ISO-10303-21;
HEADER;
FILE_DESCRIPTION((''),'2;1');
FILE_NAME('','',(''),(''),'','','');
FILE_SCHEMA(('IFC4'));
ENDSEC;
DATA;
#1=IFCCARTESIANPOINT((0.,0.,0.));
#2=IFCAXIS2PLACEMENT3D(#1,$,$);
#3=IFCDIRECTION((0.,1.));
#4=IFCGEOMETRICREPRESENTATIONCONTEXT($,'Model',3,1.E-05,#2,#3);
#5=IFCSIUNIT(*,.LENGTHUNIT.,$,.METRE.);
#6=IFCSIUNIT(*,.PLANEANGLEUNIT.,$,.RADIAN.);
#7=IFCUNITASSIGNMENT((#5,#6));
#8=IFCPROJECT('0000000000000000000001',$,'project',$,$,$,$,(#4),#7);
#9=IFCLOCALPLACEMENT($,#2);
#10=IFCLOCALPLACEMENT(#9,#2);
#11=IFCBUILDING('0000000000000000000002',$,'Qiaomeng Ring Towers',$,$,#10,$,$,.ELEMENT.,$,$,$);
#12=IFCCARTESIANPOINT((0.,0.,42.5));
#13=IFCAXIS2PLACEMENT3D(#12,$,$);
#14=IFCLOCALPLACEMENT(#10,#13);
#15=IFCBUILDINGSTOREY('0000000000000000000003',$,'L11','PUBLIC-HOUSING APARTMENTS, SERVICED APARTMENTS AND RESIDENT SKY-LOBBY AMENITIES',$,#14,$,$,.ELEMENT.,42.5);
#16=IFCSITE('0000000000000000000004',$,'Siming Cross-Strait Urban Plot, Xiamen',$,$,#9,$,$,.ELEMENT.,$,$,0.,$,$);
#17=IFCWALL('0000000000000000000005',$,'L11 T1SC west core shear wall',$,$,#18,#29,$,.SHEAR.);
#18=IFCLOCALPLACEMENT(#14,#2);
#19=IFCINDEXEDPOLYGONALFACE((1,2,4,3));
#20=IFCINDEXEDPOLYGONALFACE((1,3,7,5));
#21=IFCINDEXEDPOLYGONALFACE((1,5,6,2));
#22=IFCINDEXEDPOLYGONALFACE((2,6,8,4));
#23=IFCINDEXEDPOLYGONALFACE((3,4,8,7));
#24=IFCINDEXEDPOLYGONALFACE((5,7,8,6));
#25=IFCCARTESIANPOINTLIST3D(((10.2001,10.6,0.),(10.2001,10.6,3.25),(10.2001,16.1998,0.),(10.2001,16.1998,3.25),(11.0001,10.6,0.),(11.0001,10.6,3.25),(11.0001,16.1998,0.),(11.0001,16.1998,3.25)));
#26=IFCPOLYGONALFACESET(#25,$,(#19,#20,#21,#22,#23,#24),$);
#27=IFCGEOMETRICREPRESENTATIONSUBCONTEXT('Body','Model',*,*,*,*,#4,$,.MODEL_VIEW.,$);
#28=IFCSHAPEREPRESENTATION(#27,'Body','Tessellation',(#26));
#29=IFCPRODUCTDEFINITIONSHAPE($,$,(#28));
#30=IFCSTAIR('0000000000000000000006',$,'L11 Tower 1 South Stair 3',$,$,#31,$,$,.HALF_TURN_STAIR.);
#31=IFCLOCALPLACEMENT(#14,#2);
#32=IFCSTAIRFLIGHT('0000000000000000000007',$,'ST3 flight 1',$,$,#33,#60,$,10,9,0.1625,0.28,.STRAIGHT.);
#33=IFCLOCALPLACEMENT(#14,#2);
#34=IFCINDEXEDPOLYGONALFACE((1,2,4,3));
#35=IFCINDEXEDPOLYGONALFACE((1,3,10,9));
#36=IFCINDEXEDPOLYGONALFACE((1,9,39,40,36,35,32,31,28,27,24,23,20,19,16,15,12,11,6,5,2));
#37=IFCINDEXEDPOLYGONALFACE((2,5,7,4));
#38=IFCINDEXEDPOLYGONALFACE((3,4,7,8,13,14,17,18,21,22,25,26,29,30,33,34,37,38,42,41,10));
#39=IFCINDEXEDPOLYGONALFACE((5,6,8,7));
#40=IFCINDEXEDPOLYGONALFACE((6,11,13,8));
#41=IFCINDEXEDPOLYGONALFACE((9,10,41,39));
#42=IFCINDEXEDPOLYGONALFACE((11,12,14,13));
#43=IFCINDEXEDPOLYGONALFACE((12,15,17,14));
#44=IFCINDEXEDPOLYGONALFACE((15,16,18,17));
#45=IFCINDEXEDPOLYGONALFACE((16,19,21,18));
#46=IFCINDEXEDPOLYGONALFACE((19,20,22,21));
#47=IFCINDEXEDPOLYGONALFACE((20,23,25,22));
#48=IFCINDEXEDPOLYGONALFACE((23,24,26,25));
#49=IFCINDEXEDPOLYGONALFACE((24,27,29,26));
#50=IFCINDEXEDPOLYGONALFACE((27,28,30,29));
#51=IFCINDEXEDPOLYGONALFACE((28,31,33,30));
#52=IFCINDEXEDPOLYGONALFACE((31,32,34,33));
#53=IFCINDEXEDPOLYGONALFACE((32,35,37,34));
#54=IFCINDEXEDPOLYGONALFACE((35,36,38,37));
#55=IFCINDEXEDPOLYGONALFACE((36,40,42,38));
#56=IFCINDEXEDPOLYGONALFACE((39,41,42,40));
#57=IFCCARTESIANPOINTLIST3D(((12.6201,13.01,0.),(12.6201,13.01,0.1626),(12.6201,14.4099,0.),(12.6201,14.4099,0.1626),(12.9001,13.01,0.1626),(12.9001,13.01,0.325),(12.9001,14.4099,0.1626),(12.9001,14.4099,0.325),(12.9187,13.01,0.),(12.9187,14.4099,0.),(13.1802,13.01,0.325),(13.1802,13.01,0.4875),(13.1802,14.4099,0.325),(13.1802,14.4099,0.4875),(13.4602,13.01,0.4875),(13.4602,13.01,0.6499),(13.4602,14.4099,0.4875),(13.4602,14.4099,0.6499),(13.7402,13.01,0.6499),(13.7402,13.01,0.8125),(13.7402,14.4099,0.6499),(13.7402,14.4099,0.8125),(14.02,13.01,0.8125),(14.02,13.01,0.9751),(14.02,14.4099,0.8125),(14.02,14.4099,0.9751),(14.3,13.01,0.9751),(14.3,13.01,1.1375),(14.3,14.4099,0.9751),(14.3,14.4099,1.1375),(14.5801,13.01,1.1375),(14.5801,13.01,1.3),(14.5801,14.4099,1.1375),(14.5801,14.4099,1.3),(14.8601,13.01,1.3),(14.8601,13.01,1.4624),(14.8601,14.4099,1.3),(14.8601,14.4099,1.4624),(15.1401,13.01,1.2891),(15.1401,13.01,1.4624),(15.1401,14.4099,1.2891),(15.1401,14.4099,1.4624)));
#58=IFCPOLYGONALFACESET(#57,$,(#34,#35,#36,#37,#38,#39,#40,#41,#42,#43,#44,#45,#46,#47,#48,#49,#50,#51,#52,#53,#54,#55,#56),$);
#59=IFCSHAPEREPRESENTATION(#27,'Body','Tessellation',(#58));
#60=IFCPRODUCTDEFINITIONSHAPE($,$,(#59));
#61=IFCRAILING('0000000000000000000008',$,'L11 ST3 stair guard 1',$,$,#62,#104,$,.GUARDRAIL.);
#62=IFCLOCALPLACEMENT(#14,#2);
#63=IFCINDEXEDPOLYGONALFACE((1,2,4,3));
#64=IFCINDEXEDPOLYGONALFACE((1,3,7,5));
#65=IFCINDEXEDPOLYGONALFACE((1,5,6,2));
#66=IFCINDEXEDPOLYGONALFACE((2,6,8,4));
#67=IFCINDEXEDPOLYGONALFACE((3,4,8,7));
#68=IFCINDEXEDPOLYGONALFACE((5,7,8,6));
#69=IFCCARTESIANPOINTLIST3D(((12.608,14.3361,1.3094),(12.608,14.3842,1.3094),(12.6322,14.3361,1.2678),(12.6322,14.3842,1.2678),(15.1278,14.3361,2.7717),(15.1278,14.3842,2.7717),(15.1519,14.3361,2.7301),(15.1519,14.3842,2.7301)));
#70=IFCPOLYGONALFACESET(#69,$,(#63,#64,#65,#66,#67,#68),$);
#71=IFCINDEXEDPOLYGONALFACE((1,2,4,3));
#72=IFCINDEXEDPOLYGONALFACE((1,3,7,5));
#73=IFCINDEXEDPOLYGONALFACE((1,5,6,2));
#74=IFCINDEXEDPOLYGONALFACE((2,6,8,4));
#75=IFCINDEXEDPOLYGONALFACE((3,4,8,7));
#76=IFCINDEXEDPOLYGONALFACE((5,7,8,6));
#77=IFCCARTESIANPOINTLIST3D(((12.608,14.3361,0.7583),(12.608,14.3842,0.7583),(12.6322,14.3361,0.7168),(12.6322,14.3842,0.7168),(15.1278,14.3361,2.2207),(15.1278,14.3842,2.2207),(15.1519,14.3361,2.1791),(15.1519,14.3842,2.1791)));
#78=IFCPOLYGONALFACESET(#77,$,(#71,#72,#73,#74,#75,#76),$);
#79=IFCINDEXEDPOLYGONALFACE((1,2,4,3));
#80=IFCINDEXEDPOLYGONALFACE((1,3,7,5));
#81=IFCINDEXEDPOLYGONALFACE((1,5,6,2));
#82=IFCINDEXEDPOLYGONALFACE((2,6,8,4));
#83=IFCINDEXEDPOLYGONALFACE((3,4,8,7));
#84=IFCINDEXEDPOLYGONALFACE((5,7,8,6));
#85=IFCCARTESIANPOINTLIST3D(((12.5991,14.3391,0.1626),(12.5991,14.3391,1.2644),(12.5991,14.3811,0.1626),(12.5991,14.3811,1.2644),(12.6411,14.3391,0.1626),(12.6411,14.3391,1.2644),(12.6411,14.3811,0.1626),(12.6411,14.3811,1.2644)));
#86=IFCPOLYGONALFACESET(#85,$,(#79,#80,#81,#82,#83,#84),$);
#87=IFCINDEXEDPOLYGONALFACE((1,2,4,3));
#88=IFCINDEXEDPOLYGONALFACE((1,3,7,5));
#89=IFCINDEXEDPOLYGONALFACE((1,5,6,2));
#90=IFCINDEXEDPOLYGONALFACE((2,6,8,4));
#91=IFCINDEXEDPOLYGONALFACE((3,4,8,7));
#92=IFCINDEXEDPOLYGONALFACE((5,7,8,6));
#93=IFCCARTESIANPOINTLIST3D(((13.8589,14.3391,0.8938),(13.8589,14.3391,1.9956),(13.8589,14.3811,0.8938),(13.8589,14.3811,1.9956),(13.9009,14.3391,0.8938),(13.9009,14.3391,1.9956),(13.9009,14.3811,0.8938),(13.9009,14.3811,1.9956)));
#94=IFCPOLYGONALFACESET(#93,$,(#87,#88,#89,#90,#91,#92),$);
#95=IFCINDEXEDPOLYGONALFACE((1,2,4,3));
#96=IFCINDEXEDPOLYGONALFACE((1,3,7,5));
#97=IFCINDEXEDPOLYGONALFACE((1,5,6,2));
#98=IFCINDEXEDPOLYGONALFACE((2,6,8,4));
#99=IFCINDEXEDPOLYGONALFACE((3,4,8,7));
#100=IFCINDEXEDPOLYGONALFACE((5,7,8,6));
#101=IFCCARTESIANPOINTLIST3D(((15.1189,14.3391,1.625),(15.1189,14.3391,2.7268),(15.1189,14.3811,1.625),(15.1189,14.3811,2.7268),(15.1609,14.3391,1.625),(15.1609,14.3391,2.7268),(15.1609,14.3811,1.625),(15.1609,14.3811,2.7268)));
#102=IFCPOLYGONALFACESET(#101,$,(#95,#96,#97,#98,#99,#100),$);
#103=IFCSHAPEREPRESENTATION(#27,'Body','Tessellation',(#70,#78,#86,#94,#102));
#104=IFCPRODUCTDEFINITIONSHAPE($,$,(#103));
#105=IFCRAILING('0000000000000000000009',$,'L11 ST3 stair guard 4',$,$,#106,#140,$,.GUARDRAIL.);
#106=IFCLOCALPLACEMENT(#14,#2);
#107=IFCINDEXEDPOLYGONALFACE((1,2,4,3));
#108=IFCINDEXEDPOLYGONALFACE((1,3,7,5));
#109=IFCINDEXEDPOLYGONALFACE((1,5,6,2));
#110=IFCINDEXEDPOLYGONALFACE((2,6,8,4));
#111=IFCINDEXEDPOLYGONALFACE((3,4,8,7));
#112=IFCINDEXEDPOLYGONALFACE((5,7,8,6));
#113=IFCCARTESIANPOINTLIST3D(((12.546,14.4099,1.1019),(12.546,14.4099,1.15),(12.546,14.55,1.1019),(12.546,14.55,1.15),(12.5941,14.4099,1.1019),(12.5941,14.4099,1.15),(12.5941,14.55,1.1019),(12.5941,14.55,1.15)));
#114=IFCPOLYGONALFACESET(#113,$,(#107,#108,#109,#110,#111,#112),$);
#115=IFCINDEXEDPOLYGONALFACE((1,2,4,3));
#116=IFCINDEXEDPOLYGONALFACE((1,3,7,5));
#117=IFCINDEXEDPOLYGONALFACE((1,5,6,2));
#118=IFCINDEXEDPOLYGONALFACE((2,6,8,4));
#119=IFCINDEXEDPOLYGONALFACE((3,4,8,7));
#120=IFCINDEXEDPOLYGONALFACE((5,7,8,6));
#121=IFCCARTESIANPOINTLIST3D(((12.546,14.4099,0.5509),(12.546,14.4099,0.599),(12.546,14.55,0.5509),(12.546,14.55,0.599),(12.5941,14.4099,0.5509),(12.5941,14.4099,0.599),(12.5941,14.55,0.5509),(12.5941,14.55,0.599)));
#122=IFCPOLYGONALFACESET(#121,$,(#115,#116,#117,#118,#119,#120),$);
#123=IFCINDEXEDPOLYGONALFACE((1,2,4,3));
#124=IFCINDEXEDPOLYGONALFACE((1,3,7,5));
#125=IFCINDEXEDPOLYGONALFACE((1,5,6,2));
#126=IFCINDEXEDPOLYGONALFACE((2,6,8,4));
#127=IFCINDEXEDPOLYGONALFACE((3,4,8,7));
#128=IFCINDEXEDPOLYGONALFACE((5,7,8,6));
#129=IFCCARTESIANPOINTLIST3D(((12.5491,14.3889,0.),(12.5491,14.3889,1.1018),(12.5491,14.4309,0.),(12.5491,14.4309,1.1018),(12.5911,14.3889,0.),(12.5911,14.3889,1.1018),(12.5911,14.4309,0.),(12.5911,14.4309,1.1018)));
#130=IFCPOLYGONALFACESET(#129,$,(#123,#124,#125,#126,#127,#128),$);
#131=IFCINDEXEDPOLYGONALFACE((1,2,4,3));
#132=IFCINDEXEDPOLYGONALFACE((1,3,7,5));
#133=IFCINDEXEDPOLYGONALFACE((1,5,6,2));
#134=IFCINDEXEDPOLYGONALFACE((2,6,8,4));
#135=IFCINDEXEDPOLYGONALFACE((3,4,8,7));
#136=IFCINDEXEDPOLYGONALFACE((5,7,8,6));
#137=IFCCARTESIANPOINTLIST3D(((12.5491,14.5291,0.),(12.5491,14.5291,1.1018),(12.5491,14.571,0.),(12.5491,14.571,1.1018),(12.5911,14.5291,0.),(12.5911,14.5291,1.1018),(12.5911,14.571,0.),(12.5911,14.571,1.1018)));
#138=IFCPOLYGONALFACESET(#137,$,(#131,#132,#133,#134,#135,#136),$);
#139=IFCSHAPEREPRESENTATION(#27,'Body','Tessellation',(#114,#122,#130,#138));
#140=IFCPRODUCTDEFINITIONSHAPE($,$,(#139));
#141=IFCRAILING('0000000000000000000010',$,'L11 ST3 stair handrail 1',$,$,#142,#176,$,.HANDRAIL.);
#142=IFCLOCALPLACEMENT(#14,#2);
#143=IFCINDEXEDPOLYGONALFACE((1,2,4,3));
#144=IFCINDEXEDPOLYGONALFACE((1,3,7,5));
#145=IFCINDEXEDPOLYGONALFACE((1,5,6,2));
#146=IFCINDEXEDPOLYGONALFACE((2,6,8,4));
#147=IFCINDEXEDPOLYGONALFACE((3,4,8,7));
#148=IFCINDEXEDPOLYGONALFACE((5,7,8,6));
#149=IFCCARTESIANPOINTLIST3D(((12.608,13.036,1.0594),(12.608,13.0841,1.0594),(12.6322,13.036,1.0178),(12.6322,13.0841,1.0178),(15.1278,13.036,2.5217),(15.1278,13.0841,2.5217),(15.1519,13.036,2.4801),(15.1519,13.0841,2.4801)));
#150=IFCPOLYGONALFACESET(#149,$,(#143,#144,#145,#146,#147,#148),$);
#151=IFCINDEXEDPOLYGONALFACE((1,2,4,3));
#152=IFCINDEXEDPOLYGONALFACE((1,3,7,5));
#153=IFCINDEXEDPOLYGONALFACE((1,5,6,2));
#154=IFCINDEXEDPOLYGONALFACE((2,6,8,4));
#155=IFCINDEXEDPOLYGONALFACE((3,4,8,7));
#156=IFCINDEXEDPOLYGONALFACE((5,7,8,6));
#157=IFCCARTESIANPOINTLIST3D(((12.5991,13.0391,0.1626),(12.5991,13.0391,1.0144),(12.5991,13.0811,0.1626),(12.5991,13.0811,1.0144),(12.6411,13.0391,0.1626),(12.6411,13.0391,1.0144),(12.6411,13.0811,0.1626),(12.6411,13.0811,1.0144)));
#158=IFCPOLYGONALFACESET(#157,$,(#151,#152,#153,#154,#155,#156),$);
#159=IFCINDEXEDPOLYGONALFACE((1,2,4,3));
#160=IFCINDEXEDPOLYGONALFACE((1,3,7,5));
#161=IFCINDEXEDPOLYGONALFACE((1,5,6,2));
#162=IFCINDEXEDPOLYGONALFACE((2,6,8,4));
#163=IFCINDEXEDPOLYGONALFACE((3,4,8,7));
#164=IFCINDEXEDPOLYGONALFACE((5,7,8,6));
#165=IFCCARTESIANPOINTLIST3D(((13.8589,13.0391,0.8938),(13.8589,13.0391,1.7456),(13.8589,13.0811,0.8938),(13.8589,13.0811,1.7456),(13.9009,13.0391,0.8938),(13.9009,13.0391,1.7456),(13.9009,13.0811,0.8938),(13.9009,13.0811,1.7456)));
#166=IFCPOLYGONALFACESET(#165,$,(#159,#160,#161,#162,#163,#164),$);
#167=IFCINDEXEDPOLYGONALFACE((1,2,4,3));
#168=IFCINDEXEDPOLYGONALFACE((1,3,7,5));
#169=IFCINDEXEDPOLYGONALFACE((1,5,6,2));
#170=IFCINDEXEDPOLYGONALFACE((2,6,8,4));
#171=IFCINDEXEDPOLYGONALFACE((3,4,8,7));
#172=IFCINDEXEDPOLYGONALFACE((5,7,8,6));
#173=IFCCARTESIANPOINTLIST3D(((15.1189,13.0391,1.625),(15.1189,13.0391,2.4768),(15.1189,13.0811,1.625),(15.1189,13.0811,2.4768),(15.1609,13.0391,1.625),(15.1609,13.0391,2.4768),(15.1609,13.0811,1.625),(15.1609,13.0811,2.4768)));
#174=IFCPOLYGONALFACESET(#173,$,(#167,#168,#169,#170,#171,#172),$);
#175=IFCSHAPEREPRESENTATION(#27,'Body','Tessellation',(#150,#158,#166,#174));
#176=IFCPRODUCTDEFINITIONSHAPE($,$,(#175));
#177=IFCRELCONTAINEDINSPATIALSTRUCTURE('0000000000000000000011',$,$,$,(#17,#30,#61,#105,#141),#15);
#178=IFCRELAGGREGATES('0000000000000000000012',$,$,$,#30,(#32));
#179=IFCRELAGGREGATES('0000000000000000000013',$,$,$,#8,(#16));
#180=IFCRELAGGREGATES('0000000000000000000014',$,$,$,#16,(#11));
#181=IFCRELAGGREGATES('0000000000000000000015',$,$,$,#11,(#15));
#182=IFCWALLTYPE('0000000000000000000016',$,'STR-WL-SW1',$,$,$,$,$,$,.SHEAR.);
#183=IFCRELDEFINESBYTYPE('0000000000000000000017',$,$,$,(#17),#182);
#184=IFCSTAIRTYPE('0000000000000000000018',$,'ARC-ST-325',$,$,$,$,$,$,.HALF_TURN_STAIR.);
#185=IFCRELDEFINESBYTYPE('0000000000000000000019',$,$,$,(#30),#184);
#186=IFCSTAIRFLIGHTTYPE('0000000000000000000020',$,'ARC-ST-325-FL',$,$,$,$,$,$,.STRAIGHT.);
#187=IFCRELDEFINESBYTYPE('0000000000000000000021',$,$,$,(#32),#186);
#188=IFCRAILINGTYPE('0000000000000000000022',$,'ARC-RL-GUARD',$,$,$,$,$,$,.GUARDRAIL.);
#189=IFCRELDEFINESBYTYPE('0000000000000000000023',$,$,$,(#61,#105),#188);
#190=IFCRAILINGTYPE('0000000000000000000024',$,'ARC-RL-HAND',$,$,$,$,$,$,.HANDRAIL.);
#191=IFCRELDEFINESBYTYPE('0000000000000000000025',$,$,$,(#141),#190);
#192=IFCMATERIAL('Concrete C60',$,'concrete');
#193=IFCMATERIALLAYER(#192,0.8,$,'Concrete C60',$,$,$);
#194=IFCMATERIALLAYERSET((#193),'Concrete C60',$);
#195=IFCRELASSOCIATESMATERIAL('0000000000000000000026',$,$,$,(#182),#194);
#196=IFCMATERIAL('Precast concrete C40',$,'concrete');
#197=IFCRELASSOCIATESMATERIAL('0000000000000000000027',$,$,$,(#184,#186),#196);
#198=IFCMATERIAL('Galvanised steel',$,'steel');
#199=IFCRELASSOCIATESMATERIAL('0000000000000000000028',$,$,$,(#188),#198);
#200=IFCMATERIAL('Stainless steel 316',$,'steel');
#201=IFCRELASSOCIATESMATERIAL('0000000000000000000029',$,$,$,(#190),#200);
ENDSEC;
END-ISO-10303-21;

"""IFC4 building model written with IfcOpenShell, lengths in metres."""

from ifc_helpers import new_model, si_unit, direction, frame, frame_2d, origin, origin_2d, place, context, subcontext, project, spatial, polyline, rectangle, outline, extrude, source, transform, mapped, material, layer, layer_set, type_object, element, aggregate, save


model = new_model("IFC4")

# Units and contexts
model_context = context("Model", 3, precision=1e-05, world=origin(), true_north=direction((0.0, 1.0)))
body_context = subcontext(model_context, "Body", "Model", "MODEL_VIEW")
ifc_project = project(units=[si_unit("LENGTHUNIT", "METRE"), si_unit("PLANEANGLEUNIT", "RADIAN")], contexts=[model_context])

# Site, building, storey
site_placement = place(None, origin())
site = spatial("IfcSite", under=ifc_project, at=site_placement, Name="Siming Cross-Strait Urban Plot, Xiamen", CompositionType="ELEMENT", RefElevation=0.0)
building_placement = place(site_placement, origin())
building = spatial("IfcBuilding", under=site, at=building_placement, Name="Qiaomeng Ring Towers", CompositionType="ELEMENT")
storey_placement = place(building_placement, frame((0.0, 0.0, 42.5)))
storey = spatial("IfcBuildingStorey", under=building, at=storey_placement, Name="L11", Description="PUBLIC-HOUSING APARTMENTS, SERVICED APARTMENTS AND RESIDENT SKY-LOBBY AMENITIES", CompositionType="ELEMENT", Elevation=42.5)

# Shared definitions
ifc_material_1 = material(Name="Galvanised steel", Category="steel")

# Shared definitions
ifc_material_2 = material(Name="Concrete C60", Category="concrete")
ifc_layer_1 = layer(ifc_material_2, 0.8, Name="Concrete C60")
ifc_layer_set_1 = layer_set([ifc_layer_1], Name="Concrete C60")
wall_type_1 = type_object("IfcWallType", Name="STR-WL-SW1", PredefinedType="SHEAR", material=ifc_layer_set_1)
ifc_material_3 = material(Name="Stainless steel 316", Category="steel")

# Wall
wall_1_placement = place(storey_placement, frame((10.6001, 10.6001, 0.0), z_axis=(0.0, 0.0, 1.0), x_axis=(0.0, 1.0, 0.0)))
element("IfcWall", 1, at=wall_1_placement, inside=storey, type_object=wall_type_1, Name="L11 T1SC west core shear wall", PredefinedType="SHEAR", context=body_context, shape_type="SweptSolid", body=[
    extrude(rectangle(XDim=5.5999, YDim=0.8, at=frame_2d((2.7998, 0.0))), origin(), (0.0, 0.0, 1.0), 3.25),
])

# Stair, stair flight
ifc_material_4 = material(Name="Precast concrete C40", Category="concrete")
stair_type = type_object("IfcStairType", Name="ARC-ST-325", PredefinedType="HALF_TURN_STAIR", material=ifc_material_4)
stair_placement = place(storey_placement, origin())
stair = element("IfcStair", 2, at=stair_placement, inside=storey, type_object=stair_type, Name="L11 Tower 1 South Stair 3", PredefinedType="HALF_TURN_STAIR")
stair_flight_type = type_object("IfcStairFlightType", Name="ARC-ST-325-FL", PredefinedType="STRAIGHT", material=ifc_material_4)
shared_shape_1 = source(origin(), body_context, "Body", "SweptSolid", [
    extrude(outline(polyline([(0.0, 0.0), (0.0, 0.1626), (0.28, 0.1626), (0.28, 0.325), (0.5601, 0.325), (0.5601, 0.4875), (0.8401, 0.4875), (0.8401, 0.6499), (1.1201, 0.6499), (1.1201, 0.8125), (1.3999, 0.8125), (1.3999, 0.9751), (1.6799, 0.9751), (1.6799, 1.1375), (1.96, 1.1375), (1.96, 1.3), (2.24, 1.3), (2.24, 1.4624), (2.52, 1.4624), (2.52, 1.625), (2.52, 1.2891), (0.2986, 0.0), (0.0, 0.0)])), frame((0.0, 0.7, 0.0), z_axis=(0.0, -1.0, 0.0), x_axis=(1.0, 0.0, 0.0)), (0.0, 0.0, 1.0), 1.3999),
])
stair_flight_placement = place(storey_placement, frame((12.6201, 13.71, 0.0), z_axis=(0.0, 0.0, 1.0), x_axis=(1.0, 0.0, 0.0)))
stair_flight = element("IfcStairFlight", 3, at=stair_flight_placement, type_object=stair_flight_type, Name="ST3 flight 1", NumberOfRisers=10, NumberOfTreads=9, PredefinedType="STRAIGHT", RiserHeight=0.1625, TreadLength=0.28, context=body_context, shape_type="MappedRepresentation", body=[
    mapped(shared_shape_1, transform((0.0, 0.0, 0.0), x_axis=(1.0, 0.0, 0.0), y_axis=(0.0, 1.0, 0.0), z_axis=(0.0, 0.0, 1.0), scale=1.0)),
])
aggregate(stair, [stair_flight])

# Railings
railing_type_1 = type_object("IfcRailingType", Name="ARC-RL-GUARD", PredefinedType="GUARDRAIL", material=ifc_material_1)
railing_1_placement = place(storey_placement, frame((12.6201, 14.3601, 0.1626)))
element("IfcRailing", 4, at=railing_1_placement, inside=storey, type_object=railing_type_1, Name="L11 ST3 stair guard 1", PredefinedType="GUARDRAIL", context=body_context, shape_type="SweptSolid", body=[
    extrude(rectangle(XDim=0.0481, YDim=0.0481, at=origin_2d()), frame((0.0, 0.0, 1.126), z_axis=(0.864892, 0.0, 0.501958), x_axis=(0.0, 1.0, 0.0)), (0.0, 0.0, 1.0), 2.9133),
    extrude(rectangle(XDim=0.0481, YDim=0.0481, at=origin_2d()), frame((0.0, 0.0, 0.575), z_axis=(0.864892, 0.0, 0.501958), x_axis=(0.0, 1.0, 0.0)), (0.0, 0.0, 1.0), 2.9133),
    extrude(rectangle(XDim=0.042, YDim=0.042, at=origin_2d()), origin(), (0.0, 0.0, 1.0), 1.1018),
    extrude(rectangle(XDim=0.042, YDim=0.042, at=origin_2d()), frame((1.2598, 0.0, 0.7312)), (0.0, 0.0, 1.0), 1.1018),
    extrude(rectangle(XDim=0.042, YDim=0.042, at=origin_2d()), frame((2.5198, 0.0, 1.4624)), (0.0, 0.0, 1.0), 1.1018),
])
railing_2_placement = place(storey_placement, frame((12.5701, 14.4099, 0.0)))
element("IfcRailing", 5, at=railing_2_placement, inside=storey, type_object=railing_type_1, Name="L11 ST3 stair guard 4", PredefinedType="GUARDRAIL", context=body_context, shape_type="SweptSolid", body=[
    extrude(rectangle(XDim=0.0481, YDim=0.0481, at=origin_2d()), frame((0.0, 0.0, 1.126), z_axis=(0.0, 1.0, 0.0), x_axis=(-1.0, 0.0, 0.0)), (0.0, 0.0, 1.0), 0.1401),
    extrude(rectangle(XDim=0.0481, YDim=0.0481, at=origin_2d()), frame((0.0, 0.0, 0.575), z_axis=(0.0, 1.0, 0.0), x_axis=(-1.0, 0.0, 0.0)), (0.0, 0.0, 1.0), 0.1401),
    extrude(rectangle(XDim=0.042, YDim=0.042, at=origin_2d()), origin(), (0.0, 0.0, 1.0), 1.1018),
    extrude(rectangle(XDim=0.042, YDim=0.042, at=origin_2d()), frame((0.0, 0.1401, 0.0)), (0.0, 0.0, 1.0), 1.1018),
])
railing_type_2 = type_object("IfcRailingType", Name="ARC-RL-HAND", PredefinedType="HANDRAIL", material=ifc_material_3)
railing_3_placement = place(storey_placement, frame((12.6201, 13.0601, 0.1626)))
element("IfcRailing", 6, at=railing_3_placement, inside=storey, type_object=railing_type_2, Name="L11 ST3 stair handrail 1", PredefinedType="HANDRAIL", context=body_context, shape_type="SweptSolid", body=[
    extrude(rectangle(XDim=0.0481, YDim=0.0481, at=origin_2d()), frame((0.0, 0.0, 0.876), z_axis=(0.864892, 0.0, 0.501958), x_axis=(0.0, 1.0, 0.0)), (0.0, 0.0, 1.0), 2.9133),
    extrude(rectangle(XDim=0.042, YDim=0.042, at=origin_2d()), origin(), (0.0, 0.0, 1.0), 0.8518),
    extrude(rectangle(XDim=0.042, YDim=0.042, at=origin_2d()), frame((1.2598, 0.0, 0.7312)), (0.0, 0.0, 1.0), 0.8518),
    extrude(rectangle(XDim=0.042, YDim=0.042, at=origin_2d()), frame((2.5198, 0.0, 1.4624)), (0.0, 0.0, 1.0), 0.8518),
])

save(model, "model.ifc")
